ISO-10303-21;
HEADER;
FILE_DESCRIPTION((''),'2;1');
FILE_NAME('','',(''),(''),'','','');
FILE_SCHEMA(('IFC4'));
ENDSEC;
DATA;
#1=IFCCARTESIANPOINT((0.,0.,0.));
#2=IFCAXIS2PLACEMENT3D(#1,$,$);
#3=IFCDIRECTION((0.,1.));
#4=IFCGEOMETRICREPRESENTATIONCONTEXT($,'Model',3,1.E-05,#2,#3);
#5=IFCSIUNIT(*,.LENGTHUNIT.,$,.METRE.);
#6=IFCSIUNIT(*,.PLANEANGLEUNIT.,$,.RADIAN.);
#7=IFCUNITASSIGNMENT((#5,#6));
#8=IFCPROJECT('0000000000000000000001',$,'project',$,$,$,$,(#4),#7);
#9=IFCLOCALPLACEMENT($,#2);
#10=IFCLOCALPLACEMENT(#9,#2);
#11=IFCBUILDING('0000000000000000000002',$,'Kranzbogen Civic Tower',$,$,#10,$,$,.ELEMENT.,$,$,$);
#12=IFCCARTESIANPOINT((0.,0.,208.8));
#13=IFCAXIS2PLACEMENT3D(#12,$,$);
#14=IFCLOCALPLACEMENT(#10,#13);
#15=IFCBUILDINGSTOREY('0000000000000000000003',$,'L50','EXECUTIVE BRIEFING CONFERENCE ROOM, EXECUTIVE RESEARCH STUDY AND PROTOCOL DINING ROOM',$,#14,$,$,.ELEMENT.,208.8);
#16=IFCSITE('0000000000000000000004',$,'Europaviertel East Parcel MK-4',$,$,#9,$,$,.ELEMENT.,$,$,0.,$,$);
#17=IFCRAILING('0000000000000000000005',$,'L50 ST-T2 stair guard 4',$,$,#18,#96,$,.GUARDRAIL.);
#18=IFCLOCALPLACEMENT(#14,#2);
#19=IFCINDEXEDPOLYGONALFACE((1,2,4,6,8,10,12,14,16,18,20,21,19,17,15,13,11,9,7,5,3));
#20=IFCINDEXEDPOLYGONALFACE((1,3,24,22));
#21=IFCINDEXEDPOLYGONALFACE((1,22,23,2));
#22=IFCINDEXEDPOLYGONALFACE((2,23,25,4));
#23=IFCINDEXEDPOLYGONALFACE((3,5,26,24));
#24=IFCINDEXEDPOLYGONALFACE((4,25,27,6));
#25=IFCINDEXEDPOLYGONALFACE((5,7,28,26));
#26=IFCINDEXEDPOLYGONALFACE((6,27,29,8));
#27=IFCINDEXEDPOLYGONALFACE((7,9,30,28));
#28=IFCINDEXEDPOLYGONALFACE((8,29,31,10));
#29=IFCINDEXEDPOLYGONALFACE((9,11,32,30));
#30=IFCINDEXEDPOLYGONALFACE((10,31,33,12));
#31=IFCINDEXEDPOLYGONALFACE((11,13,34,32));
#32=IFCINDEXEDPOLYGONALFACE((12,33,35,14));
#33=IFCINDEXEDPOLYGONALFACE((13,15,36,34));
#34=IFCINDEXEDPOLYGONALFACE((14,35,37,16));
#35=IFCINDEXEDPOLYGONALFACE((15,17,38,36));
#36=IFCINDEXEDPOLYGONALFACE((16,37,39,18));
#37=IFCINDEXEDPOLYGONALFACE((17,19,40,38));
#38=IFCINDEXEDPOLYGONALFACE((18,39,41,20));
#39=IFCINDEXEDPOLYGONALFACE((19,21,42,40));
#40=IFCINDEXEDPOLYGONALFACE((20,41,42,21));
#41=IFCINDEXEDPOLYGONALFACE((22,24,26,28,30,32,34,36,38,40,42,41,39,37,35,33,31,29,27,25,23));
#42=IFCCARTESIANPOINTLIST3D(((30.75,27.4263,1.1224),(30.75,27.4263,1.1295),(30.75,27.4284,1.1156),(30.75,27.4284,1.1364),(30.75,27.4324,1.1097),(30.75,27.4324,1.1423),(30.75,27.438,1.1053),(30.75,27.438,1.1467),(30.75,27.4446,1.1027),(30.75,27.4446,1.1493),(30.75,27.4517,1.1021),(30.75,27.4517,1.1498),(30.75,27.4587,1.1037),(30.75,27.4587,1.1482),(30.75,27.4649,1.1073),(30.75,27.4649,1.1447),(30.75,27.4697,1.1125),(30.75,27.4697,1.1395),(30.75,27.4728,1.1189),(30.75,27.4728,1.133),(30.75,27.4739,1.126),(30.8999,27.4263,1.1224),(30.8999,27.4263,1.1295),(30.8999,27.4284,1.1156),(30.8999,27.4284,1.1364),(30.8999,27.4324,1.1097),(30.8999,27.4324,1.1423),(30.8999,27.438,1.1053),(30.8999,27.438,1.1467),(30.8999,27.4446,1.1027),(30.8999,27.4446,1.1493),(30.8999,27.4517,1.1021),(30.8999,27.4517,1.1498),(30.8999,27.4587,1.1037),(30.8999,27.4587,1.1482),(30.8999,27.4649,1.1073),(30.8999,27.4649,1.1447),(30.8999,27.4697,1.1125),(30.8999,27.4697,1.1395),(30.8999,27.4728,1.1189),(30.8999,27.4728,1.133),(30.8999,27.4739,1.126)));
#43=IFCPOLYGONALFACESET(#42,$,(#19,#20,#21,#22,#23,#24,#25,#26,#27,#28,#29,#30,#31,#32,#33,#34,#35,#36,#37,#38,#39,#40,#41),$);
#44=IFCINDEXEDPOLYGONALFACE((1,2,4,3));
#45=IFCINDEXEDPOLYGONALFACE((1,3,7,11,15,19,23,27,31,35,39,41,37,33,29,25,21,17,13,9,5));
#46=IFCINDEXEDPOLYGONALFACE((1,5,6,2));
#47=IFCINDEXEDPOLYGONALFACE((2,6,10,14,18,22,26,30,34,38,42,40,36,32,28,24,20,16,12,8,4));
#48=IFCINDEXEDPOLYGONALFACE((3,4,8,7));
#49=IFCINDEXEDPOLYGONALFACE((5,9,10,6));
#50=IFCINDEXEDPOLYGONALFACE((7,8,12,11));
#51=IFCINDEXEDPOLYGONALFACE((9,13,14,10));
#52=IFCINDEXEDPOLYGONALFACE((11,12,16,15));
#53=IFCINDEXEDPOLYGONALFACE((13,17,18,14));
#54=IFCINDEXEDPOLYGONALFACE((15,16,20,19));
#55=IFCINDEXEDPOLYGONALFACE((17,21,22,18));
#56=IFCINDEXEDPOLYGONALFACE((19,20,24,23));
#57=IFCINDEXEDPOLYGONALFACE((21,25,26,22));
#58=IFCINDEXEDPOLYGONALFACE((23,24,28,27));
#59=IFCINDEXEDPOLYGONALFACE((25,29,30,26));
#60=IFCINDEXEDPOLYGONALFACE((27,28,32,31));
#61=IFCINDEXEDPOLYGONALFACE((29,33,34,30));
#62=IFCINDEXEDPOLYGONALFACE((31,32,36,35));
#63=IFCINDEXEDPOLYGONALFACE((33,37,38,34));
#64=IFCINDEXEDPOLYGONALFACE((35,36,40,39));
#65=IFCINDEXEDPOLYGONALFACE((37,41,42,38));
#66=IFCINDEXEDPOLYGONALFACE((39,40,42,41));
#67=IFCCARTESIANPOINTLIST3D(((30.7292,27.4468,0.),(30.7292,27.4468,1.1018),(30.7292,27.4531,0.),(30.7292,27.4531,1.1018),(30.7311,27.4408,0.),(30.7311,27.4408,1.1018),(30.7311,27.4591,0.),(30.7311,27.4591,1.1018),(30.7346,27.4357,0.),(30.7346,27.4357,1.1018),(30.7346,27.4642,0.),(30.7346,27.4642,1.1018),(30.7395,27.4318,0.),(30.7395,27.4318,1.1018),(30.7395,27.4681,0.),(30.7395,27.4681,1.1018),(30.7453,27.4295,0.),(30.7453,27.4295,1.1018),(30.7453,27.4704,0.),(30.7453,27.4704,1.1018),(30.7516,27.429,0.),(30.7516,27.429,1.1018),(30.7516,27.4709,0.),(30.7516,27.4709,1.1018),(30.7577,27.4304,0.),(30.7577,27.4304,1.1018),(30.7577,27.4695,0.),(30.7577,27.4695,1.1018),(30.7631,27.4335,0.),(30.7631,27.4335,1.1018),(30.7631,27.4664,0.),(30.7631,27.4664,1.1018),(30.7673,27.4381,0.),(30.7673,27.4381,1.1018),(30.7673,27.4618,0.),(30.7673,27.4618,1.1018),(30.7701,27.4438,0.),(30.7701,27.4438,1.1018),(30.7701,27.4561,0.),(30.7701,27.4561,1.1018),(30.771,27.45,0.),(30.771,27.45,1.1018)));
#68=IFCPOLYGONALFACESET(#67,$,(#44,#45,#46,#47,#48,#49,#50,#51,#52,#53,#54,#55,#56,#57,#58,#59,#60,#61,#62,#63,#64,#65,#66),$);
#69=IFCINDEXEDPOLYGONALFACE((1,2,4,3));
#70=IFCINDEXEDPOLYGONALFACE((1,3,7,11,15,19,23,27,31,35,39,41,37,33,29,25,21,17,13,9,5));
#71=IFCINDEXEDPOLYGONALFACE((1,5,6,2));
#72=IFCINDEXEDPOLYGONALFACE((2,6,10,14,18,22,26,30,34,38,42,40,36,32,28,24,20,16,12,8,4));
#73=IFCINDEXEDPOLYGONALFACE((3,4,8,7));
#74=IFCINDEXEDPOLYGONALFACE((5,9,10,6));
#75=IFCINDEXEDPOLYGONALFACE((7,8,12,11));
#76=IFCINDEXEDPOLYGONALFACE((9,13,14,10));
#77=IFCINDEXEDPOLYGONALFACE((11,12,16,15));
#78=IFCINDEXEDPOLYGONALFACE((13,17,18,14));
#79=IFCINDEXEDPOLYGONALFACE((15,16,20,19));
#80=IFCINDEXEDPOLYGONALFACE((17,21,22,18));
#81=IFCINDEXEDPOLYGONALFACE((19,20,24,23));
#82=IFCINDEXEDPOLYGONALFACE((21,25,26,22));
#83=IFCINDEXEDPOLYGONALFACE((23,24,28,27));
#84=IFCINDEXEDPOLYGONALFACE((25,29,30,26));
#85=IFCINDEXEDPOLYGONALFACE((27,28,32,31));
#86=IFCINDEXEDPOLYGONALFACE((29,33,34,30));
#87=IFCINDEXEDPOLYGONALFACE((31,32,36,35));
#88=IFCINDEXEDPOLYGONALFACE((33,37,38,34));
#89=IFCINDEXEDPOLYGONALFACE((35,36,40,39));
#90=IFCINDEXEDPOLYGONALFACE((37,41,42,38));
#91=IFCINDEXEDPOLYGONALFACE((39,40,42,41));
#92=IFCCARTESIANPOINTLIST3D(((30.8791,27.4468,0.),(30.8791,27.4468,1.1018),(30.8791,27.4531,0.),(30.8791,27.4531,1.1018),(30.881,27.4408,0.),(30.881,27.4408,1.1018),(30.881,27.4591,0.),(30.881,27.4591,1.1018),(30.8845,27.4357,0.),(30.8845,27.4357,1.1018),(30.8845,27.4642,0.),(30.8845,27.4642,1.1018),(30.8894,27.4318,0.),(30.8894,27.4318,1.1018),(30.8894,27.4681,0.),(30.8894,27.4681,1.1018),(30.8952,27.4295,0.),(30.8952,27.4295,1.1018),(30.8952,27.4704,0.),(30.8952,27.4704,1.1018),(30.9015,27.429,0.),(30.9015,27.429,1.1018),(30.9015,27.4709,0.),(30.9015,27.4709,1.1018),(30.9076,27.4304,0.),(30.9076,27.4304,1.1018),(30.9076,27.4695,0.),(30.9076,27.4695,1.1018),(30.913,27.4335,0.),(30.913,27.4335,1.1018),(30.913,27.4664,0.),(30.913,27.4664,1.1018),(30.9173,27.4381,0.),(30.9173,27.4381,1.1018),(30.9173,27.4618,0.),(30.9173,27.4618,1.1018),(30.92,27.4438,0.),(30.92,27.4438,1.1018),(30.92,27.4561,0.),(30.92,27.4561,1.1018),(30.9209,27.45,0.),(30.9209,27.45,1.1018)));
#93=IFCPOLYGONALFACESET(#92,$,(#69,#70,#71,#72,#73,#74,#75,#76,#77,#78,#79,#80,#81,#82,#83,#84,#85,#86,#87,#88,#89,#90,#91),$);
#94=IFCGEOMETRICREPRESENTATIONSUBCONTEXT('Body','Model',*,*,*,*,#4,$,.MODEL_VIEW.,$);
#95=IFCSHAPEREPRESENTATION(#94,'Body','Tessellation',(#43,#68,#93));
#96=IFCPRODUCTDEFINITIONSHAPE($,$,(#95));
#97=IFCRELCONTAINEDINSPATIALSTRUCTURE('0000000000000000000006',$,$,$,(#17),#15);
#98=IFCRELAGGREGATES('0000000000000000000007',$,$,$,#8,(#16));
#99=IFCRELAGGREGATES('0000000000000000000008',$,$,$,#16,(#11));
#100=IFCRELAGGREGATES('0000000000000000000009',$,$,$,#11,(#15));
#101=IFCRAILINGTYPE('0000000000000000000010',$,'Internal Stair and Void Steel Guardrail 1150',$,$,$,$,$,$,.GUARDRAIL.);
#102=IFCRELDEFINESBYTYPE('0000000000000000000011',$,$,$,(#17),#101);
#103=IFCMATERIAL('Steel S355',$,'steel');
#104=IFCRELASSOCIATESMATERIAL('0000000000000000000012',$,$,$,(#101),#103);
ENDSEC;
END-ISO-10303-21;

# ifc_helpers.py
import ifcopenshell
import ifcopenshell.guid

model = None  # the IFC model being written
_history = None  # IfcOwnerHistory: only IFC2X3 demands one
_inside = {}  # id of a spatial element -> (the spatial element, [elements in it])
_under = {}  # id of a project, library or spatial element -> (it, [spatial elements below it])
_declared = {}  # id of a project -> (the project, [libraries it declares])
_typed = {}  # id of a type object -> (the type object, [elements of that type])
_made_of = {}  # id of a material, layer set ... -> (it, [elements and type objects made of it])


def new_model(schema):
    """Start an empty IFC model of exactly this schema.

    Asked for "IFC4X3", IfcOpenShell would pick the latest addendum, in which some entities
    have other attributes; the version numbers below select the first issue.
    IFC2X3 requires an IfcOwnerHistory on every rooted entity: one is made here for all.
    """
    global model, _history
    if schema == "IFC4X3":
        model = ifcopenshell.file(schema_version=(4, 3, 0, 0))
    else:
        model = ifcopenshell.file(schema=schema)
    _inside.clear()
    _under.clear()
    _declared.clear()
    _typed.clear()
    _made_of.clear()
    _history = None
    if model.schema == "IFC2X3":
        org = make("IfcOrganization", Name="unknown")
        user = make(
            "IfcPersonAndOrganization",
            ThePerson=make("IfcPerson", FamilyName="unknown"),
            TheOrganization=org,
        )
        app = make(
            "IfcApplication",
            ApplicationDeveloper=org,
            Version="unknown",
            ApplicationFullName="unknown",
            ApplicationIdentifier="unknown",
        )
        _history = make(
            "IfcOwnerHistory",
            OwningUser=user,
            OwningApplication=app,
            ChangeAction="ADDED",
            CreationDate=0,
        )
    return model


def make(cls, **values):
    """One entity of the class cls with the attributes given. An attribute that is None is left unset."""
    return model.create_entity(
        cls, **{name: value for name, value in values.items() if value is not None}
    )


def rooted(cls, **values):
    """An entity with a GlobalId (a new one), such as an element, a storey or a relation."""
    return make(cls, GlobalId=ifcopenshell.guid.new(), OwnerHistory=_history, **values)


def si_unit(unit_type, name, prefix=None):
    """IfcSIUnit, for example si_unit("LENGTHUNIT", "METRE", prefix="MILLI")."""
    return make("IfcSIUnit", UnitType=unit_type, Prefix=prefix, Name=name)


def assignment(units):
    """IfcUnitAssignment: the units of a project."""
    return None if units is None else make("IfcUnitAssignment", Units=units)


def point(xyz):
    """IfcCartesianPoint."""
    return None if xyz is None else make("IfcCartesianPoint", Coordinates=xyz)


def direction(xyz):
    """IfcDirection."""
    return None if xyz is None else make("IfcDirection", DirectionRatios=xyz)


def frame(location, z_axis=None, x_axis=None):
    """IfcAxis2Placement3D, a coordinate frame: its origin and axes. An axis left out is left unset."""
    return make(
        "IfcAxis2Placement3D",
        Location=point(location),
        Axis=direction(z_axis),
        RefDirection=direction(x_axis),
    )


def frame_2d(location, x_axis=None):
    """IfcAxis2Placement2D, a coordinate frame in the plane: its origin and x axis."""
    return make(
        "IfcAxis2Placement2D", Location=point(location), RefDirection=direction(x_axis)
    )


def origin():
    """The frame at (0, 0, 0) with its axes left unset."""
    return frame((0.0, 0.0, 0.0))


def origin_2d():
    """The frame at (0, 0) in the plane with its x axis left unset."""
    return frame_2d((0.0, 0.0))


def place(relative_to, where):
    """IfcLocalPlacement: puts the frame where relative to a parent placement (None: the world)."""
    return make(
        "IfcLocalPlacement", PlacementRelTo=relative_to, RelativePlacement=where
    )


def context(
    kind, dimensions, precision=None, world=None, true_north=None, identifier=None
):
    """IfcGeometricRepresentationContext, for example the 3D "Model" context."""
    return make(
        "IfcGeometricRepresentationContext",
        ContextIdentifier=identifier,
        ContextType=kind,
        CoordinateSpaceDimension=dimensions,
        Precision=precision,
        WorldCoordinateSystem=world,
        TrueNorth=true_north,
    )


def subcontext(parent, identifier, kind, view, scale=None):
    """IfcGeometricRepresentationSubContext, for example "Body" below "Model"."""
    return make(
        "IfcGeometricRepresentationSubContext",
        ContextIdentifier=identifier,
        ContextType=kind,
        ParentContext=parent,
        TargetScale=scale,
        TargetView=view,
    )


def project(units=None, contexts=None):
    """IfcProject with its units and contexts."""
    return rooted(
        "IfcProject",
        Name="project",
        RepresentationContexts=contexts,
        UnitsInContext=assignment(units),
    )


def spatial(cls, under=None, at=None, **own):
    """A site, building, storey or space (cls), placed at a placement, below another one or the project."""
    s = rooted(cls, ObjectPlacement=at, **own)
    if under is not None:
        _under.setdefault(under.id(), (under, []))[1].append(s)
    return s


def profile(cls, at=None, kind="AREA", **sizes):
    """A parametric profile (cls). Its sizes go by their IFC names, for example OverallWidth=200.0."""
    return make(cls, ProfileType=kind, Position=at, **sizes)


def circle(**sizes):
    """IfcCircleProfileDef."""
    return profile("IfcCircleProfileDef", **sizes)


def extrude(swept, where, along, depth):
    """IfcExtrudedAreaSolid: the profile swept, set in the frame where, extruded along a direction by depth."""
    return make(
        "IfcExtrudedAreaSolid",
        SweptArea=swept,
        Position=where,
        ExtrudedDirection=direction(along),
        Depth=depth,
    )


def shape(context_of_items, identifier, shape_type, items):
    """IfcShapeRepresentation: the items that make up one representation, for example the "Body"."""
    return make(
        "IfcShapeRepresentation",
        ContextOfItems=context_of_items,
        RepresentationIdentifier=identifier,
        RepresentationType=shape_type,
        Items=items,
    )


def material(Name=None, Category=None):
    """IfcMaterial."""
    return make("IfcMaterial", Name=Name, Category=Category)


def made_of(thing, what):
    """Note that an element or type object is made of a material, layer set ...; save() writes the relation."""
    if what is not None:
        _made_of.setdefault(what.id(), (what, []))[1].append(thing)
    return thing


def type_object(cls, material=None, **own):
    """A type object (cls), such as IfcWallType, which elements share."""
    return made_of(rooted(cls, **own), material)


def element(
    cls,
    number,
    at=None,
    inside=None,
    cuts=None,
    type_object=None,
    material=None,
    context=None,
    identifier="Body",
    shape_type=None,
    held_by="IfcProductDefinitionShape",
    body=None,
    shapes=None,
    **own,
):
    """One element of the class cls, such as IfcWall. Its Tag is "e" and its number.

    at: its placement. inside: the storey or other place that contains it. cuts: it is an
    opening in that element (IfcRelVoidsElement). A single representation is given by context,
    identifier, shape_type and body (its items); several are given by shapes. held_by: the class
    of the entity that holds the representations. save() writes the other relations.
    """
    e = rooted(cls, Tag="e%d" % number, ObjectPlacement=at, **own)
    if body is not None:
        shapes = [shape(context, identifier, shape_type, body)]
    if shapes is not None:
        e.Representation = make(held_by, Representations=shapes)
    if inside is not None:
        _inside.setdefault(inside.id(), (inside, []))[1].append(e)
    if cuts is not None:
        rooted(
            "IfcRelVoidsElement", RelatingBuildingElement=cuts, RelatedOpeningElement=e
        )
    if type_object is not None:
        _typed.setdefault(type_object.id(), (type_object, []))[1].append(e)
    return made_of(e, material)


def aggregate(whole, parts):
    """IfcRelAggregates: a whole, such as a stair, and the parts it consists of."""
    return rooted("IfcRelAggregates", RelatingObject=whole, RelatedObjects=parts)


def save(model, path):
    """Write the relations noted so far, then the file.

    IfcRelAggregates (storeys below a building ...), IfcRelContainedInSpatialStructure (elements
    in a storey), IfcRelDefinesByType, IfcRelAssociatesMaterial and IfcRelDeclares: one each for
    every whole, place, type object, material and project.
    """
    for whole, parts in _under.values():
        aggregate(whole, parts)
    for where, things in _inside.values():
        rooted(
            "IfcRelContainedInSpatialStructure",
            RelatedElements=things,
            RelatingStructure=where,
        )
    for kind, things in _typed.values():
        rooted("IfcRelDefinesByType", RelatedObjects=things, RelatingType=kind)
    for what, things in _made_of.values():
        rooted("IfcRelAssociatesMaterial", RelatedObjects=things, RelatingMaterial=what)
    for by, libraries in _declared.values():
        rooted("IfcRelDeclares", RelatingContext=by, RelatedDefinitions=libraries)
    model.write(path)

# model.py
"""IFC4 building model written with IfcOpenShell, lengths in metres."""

from ifc_helpers import new_model, si_unit, direction, frame, origin, origin_2d, place, context, subcontext, project, spatial, circle, extrude, material, type_object, element, save


model = new_model("IFC4")

# Units and contexts
model_context = context("Model", 3, precision=1e-05, world=origin(), true_north=direction((0.0, 1.0)))
body_context = subcontext(model_context, "Body", "Model", "MODEL_VIEW")
ifc_project = project(units=[si_unit("LENGTHUNIT", "METRE"), si_unit("PLANEANGLEUNIT", "RADIAN")], contexts=[model_context])

# Site, building, storey
site_placement = place(None, origin())
site = spatial("IfcSite", under=ifc_project, at=site_placement, Name="Europaviertel East Parcel MK-4", CompositionType="ELEMENT", RefElevation=0.0)
building_placement = place(site_placement, origin())
building = spatial("IfcBuilding", under=site, at=building_placement, Name="Kranzbogen Civic Tower", CompositionType="ELEMENT")
storey_placement = place(building_placement, frame((0.0, 0.0, 208.8)))
storey = spatial("IfcBuildingStorey", under=building, at=storey_placement, Name="L50", Description="EXECUTIVE BRIEFING CONFERENCE ROOM, EXECUTIVE RESEARCH STUDY AND PROTOCOL DINING ROOM", CompositionType="ELEMENT", Elevation=208.8)

# Shared definitions
ifc_material_1 = material(Name="Steel S355", Category="steel")

# Railing
railing_type_1 = type_object("IfcRailingType", Name="Internal Stair and Void Steel Guardrail 1150", PredefinedType="GUARDRAIL", material=ifc_material_1)
railing_1_placement = place(storey_placement, frame((30.75, 27.45, 0.0)))
element("IfcRailing", 1, at=railing_1_placement, inside=storey, type_object=railing_type_1, Name="L50 ST-T2 stair guard 4", PredefinedType="GUARDRAIL", context=body_context, shape_type="SweptSolid", body=[
    extrude(circle(Radius=0.0239, at=origin_2d()), frame((0.0, 0.0, 1.126), z_axis=(1.0, 0.0, 0.0), x_axis=(0.0, 1.0, 0.0)), (0.0, 0.0, 1.0), 0.1499),
    extrude(circle(Radius=0.021, at=origin_2d()), origin(), (0.0, 0.0, 1.0), 1.1018),
    extrude(circle(Radius=0.021, at=origin_2d()), frame((0.1499, 0.0, 0.0)), (0.0, 0.0, 1.0), 1.1018),
])

save(model, "model.ifc")
